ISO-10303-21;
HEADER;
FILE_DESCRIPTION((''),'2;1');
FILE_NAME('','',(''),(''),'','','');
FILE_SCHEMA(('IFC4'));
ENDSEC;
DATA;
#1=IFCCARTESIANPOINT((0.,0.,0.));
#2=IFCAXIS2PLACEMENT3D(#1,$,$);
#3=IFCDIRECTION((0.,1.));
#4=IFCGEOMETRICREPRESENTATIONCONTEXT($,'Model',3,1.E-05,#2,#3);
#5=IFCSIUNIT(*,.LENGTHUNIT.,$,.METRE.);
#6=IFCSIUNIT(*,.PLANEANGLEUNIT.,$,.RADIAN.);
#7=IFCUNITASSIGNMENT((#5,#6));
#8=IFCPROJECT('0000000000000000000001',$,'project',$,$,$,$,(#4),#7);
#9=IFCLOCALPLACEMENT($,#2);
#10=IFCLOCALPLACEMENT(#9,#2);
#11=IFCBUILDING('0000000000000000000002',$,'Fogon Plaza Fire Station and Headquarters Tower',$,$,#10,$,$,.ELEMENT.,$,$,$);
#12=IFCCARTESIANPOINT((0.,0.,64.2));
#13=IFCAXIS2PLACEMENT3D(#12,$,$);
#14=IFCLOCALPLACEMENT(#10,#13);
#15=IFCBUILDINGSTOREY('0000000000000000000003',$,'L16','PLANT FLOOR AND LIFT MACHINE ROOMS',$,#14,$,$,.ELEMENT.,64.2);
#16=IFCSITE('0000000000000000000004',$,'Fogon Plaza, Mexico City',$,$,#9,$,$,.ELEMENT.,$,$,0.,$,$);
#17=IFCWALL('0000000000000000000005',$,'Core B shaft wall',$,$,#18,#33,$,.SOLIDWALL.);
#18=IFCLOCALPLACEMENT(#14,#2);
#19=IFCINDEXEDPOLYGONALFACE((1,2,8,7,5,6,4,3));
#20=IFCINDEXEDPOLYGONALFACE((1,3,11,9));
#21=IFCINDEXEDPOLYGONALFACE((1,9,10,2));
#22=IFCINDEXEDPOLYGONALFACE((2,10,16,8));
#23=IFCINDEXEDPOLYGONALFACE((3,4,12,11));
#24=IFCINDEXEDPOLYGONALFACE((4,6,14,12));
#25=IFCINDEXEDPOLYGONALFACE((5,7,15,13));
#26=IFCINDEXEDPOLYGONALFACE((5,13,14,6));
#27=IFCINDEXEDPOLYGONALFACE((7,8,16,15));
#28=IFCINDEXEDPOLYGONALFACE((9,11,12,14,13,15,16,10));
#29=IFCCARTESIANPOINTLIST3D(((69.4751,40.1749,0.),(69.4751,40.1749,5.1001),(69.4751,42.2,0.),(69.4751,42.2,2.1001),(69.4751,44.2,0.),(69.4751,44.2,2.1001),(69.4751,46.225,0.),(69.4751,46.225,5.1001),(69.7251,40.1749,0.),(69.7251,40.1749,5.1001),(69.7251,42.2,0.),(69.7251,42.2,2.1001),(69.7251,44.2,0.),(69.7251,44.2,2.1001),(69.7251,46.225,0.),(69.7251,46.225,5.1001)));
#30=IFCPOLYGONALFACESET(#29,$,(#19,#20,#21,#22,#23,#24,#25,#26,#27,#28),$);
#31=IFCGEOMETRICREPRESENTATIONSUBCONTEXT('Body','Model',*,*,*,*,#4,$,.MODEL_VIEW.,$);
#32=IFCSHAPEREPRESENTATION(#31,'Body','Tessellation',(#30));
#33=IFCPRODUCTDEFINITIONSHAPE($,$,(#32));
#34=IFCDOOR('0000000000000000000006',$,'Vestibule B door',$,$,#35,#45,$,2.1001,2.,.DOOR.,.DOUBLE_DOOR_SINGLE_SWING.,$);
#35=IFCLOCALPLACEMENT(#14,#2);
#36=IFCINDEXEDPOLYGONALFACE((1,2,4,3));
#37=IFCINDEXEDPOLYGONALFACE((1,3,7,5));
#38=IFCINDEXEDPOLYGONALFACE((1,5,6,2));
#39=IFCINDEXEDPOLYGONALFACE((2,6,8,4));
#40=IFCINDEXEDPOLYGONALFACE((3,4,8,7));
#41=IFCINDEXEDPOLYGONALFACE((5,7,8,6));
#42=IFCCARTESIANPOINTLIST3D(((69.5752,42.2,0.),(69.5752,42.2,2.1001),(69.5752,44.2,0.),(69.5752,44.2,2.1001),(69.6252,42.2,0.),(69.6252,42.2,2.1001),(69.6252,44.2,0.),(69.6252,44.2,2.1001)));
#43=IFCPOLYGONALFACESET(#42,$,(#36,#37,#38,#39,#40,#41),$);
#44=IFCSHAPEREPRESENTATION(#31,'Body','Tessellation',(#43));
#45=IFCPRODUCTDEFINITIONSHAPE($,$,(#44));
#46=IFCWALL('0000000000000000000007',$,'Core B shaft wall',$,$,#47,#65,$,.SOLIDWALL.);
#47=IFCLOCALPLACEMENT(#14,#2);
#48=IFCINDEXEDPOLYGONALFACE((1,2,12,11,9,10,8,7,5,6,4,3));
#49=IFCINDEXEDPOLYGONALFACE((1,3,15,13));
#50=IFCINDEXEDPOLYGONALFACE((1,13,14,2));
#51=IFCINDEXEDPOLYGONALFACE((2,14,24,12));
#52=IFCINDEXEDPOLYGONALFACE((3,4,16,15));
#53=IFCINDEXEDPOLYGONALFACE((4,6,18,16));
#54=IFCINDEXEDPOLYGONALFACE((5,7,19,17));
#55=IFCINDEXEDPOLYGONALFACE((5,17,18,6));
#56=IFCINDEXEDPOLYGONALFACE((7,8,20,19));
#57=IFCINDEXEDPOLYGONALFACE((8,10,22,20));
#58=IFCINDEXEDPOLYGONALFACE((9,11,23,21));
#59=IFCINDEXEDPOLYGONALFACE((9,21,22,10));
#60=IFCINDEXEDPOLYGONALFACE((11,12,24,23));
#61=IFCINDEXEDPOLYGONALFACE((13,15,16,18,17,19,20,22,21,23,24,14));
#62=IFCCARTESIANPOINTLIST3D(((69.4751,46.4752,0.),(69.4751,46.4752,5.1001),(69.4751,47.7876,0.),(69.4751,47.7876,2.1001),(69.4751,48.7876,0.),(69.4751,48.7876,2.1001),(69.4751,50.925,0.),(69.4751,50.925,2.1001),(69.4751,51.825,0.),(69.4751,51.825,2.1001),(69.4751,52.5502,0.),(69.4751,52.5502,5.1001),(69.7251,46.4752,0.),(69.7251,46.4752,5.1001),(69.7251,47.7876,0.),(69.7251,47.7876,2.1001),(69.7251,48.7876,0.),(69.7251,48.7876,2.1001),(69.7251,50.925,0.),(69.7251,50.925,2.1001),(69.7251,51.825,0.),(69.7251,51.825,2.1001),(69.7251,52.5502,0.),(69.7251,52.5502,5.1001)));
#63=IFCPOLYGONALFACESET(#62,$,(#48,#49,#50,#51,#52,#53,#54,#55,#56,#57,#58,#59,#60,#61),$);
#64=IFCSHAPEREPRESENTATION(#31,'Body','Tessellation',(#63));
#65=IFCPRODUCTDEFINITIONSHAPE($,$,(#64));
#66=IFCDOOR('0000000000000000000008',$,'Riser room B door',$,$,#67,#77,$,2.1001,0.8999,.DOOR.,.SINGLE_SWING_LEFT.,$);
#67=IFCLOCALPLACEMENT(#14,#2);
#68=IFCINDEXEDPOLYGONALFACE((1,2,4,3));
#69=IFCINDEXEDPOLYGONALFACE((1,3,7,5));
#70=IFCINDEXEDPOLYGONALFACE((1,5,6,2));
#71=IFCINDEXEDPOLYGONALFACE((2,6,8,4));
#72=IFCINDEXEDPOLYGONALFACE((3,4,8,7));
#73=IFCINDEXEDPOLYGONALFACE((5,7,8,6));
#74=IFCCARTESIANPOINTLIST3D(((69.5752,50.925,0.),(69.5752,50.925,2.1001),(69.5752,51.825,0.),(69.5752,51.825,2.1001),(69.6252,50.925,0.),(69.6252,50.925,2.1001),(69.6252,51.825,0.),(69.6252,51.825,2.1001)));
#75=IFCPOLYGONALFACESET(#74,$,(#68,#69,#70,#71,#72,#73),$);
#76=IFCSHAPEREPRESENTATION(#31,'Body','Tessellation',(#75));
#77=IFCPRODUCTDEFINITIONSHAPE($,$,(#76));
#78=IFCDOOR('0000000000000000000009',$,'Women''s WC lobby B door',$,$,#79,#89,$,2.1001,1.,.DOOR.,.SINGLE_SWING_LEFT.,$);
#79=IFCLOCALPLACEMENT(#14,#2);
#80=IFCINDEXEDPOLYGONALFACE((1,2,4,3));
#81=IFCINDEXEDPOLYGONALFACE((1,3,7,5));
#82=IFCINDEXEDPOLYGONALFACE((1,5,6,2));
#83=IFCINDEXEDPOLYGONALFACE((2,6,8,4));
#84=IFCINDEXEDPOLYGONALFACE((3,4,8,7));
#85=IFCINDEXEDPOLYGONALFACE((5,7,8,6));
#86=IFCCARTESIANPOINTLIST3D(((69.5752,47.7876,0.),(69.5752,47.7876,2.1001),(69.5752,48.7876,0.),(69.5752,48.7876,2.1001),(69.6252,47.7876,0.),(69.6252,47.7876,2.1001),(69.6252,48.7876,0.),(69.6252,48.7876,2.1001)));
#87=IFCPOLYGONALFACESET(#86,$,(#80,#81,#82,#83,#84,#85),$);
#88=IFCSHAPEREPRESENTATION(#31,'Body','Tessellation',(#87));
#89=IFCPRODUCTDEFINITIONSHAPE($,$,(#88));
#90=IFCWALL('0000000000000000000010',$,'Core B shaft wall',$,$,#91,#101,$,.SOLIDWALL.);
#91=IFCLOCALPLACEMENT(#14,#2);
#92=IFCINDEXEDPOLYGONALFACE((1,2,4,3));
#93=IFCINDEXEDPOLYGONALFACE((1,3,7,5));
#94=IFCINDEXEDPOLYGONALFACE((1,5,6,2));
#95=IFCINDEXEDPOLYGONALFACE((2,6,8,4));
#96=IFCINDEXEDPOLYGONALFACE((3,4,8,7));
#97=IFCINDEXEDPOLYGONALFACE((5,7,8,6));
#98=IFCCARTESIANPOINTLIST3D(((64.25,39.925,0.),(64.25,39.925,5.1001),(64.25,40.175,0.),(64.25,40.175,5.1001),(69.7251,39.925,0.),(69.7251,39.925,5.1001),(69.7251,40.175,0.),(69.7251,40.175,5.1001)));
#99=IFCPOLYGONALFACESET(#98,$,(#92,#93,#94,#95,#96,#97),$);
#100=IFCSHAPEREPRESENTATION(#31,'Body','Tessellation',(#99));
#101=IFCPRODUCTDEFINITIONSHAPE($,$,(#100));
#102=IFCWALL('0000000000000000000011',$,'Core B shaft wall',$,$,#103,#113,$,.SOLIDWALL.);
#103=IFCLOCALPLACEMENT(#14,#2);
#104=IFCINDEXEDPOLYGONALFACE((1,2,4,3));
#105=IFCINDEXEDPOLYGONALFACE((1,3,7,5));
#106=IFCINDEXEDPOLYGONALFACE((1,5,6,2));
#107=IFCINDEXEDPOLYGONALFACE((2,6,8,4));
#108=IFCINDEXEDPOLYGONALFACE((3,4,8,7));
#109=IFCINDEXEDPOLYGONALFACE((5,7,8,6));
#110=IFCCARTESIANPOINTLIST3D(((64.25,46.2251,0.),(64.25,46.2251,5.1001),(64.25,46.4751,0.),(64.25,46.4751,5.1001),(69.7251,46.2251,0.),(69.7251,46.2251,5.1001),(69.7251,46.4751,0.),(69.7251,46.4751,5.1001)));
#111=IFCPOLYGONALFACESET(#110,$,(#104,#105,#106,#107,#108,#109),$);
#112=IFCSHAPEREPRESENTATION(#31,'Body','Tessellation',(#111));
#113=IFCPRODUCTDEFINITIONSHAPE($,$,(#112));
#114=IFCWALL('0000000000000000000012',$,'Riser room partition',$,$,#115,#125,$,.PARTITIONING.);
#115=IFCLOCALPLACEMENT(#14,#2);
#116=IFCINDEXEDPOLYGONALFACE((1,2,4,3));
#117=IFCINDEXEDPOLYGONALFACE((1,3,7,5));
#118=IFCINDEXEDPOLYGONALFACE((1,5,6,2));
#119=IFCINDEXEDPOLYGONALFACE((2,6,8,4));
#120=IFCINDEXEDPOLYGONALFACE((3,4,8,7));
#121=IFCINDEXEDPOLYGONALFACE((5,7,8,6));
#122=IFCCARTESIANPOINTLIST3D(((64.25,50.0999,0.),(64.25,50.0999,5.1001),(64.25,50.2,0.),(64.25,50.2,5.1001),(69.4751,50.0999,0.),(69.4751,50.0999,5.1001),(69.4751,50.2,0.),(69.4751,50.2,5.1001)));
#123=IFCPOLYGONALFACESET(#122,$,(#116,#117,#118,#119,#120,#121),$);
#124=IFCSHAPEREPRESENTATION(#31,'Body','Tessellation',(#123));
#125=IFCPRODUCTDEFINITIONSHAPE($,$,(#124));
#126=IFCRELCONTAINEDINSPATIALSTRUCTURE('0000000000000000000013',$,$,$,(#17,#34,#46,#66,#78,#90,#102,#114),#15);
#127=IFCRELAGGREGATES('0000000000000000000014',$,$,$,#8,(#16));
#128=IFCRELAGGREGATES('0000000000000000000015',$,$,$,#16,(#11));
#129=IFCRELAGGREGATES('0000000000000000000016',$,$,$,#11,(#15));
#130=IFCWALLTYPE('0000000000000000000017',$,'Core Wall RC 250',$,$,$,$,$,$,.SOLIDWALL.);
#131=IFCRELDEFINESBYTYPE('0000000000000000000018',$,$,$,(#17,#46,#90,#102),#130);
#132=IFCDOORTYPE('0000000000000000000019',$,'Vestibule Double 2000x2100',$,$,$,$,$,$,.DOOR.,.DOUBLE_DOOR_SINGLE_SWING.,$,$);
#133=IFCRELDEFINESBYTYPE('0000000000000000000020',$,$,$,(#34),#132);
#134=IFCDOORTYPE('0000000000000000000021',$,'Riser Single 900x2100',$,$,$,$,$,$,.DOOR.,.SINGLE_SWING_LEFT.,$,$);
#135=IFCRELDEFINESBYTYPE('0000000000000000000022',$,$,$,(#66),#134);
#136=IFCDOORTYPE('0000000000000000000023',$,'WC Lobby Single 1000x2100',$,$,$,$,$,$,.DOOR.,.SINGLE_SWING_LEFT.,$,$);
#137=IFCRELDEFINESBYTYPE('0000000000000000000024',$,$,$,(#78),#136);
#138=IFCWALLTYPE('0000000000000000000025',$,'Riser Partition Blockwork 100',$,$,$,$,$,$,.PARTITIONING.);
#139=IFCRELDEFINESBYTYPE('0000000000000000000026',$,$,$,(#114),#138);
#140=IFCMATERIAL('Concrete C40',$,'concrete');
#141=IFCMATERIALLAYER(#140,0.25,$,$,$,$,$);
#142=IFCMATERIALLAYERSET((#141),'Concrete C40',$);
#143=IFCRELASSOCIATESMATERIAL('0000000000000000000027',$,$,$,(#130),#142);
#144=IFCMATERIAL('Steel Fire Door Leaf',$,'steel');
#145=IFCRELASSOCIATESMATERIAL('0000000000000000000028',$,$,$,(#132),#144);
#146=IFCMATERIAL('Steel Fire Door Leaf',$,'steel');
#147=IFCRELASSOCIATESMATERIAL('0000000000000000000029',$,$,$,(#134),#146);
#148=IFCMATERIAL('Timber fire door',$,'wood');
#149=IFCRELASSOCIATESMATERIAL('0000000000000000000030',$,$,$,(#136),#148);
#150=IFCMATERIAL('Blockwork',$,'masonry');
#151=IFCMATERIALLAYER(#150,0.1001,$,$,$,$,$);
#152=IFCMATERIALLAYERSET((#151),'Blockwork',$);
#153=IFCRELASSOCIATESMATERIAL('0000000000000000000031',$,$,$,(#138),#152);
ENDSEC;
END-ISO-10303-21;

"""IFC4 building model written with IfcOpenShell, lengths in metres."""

from ifc_helpers import new_model, si_unit, direction, frame, frame_2d, origin, place, context, subcontext, project, spatial, rectangle, extrude, material, layer, layer_set, type_object, element, fill, save


model = new_model("IFC4")

# Units and contexts
model_context = context("Model", 3, precision=1e-05, world=origin(), true_north=direction((0.0, 1.0)))
body_context = subcontext(model_context, "Body", "Model", "MODEL_VIEW")
ifc_project = project(units=[si_unit("LENGTHUNIT", "METRE"), si_unit("PLANEANGLEUNIT", "RADIAN")], contexts=[model_context])

# Site, building, storey
site_placement = place(None, origin())
site = spatial("IfcSite", under=ifc_project, at=site_placement, Name="Fogon Plaza, Mexico City", CompositionType="ELEMENT", RefElevation=0.0)
building_placement = place(site_placement, origin())
building = spatial("IfcBuilding", under=site, at=building_placement, Name="Fogon Plaza Fire Station and Headquarters Tower", CompositionType="ELEMENT")
storey_placement = place(building_placement, frame((0.0, 0.0, 64.2)))
storey = spatial("IfcBuildingStorey", under=building, at=storey_placement, Name="L16", Description="PLANT FLOOR AND LIFT MACHINE ROOMS", CompositionType="ELEMENT", Elevation=64.2)

# Shared definitions
ifc_material_1 = material(Name="Concrete C40", Category="concrete")
ifc_layer_1 = layer(ifc_material_1, 0.25)
ifc_layer_set_1 = layer_set([ifc_layer_1], Name="Concrete C40")
wall_type_1 = type_object("IfcWallType", Name="Core Wall RC 250", PredefinedType="SOLIDWALL", material=ifc_layer_set_1)

# Wall, opening, door
wall_1_placement = place(storey_placement, frame((69.6001, 40.175, 0.0), z_axis=(0.0, 0.0, 1.0), x_axis=(0.0, 1.0, 0.0)))
wall_1 = element("IfcWall", 1, at=wall_1_placement, inside=storey, type_object=wall_type_1, Name="Core B shaft wall", PredefinedType="SOLIDWALL", context=body_context, shape_type="SweptSolid", body=[
    extrude(rectangle(XDim=6.05, YDim=0.25, at=frame_2d((3.0249, 0.0))), origin(), (0.0, 0.0, 1.0), 5.1001),
])
opening_1_placement = place(wall_1_placement, frame((2.0249, 0.0, 0.0)))
opening_1 = element("IfcOpeningElement", 2, at=opening_1_placement, cuts=wall_1, PredefinedType="OPENING", context=body_context, shape_type="SweptSolid", body=[
    extrude(rectangle(XDim=2.0, YDim=2.1001, at=frame_2d((1.0, 1.05))), frame((0.0, 0.135, 0.0), z_axis=(0.0, -1.0, 0.0), x_axis=(1.0, 0.0, 0.0)), (0.0, 0.0, 1.0), 0.27),
])
ifc_material_2 = material(Name="Steel Fire Door Leaf", Category="steel")
door_type_1 = type_object("IfcDoorType", Name="Vestibule Double 2000x2100", OperationType="DOUBLE_DOOR_SINGLE_SWING", PredefinedType="DOOR", material=ifc_material_2)
door_1_placement = place(opening_1_placement, origin())
door_1 = element("IfcDoor", 3, at=door_1_placement, inside=storey, type_object=door_type_1, Name="Vestibule B door", OperationType="DOUBLE_DOOR_SINGLE_SWING", OverallHeight=2.1001, OverallWidth=2.0, PredefinedType="DOOR", context=body_context, shape_type="SweptSolid", body=[
    extrude(rectangle(XDim=2.0, YDim=2.1001, at=frame_2d((1.0, 1.05))), frame((0.0, 0.0249, 0.0), z_axis=(0.0, -1.0, 0.0), x_axis=(1.0, 0.0, 0.0)), (0.0, 0.0, 1.0), 0.05),
])
fill(opening_1, door_1)

# Wall, openings, doors
wall_2_placement = place(storey_placement, frame((69.6001, 46.4751, 0.0), z_axis=(0.0, 0.0, 1.0), x_axis=(0.0, 1.0, 0.0)))
wall_2 = element("IfcWall", 4, at=wall_2_placement, inside=storey, type_object=wall_type_1, Name="Core B shaft wall", PredefinedType="SOLIDWALL", context=body_context, shape_type="SweptSolid", body=[
    extrude(rectangle(XDim=6.075, YDim=0.25, at=frame_2d((3.0376, 0.0))), origin(), (0.0, 0.0, 1.0), 5.1001),
])
opening_2_placement = place(wall_2_placement, frame((1.3125, 0.0, 0.0)))
opening_2 = element("IfcOpeningElement", 5, at=opening_2_placement, cuts=wall_2, PredefinedType="OPENING", context=body_context, shape_type="SweptSolid", body=[
    extrude(rectangle(XDim=1.0, YDim=2.1001, at=frame_2d((0.5, 1.05))), frame((0.0, 0.135, 0.0), z_axis=(0.0, -1.0, 0.0), x_axis=(1.0, 0.0, 0.0)), (0.0, 0.0, 1.0), 0.27),
])
opening_3_placement = place(wall_2_placement, frame((4.45, 0.0, 0.0)))
opening_3 = element("IfcOpeningElement", 6, at=opening_3_placement, cuts=wall_2, PredefinedType="OPENING", context=body_context, shape_type="SweptSolid", body=[
    extrude(rectangle(XDim=0.8999, YDim=2.1001, at=frame_2d((0.45, 1.05))), frame((0.0, 0.135, 0.0), z_axis=(0.0, -1.0, 0.0), x_axis=(1.0, 0.0, 0.0)), (0.0, 0.0, 1.0), 0.27),
])
ifc_material_3 = material(Name="Steel Fire Door Leaf", Category="steel")
door_type_2 = type_object("IfcDoorType", Name="Riser Single 900x2100", OperationType="SINGLE_SWING_LEFT", PredefinedType="DOOR", material=ifc_material_3)
door_2_placement = place(opening_3_placement, origin())
door_2 = element("IfcDoor", 7, at=door_2_placement, inside=storey, type_object=door_type_2, Name="Riser room B door", OperationType="SINGLE_SWING_LEFT", OverallHeight=2.1001, OverallWidth=0.8999, PredefinedType="DOOR", context=body_context, shape_type="SweptSolid", body=[
    extrude(rectangle(XDim=0.8999, YDim=2.1001, at=frame_2d((0.45, 1.05))), frame((0.0, 0.0249, 0.0), z_axis=(0.0, -1.0, 0.0), x_axis=(1.0, 0.0, 0.0)), (0.0, 0.0, 1.0), 0.05),
])
fill(opening_3, door_2)
ifc_material_4 = material(Name="Timber fire door", Category="wood")
door_type_3 = type_object("IfcDoorType", Name="WC Lobby Single 1000x2100", OperationType="SINGLE_SWING_LEFT", PredefinedType="DOOR", material=ifc_material_4)
door_3_placement = place(opening_2_placement, origin())
door_3 = element("IfcDoor", 8, at=door_3_placement, inside=storey, type_object=door_type_3, Name="Women's WC lobby B door", OperationType="SINGLE_SWING_LEFT", OverallHeight=2.1001, OverallWidth=1.0, PredefinedType="DOOR", context=body_context, shape_type="SweptSolid", body=[
    extrude(rectangle(XDim=1.0, YDim=2.1001, at=frame_2d((0.5, 1.05))), frame((0.0, 0.0249, 0.0), z_axis=(0.0, -1.0, 0.0), x_axis=(1.0, 0.0, 0.0)), (0.0, 0.0, 1.0), 0.05),
])
fill(opening_2, door_3)

# Walls
for number, where, z_axis, x_axis, name in (
    (9, (69.7251, 40.05, 0.0), (0.0, 0.0, 1.0), (-1.0, 0.0, 0.0), "Core B shaft wall"),
    (10, (69.7251, 46.3501, 0.0), (0.0, 0.0, 1.0), (-1.0, 0.0, 0.0), "Core B shaft wall"),
):
    element("IfcWall", number, at=place(storey_placement, frame(where, z_axis=z_axis, x_axis=x_axis)), inside=storey, type_object=wall_type_1, Name=name, PredefinedType="SOLIDWALL", context=body_context, shape_type="SweptSolid", body=[
        extrude(rectangle(XDim=5.4751, YDim=0.25, at=frame_2d((2.7375, 0.0))), origin(), (0.0, 0.0, 1.0), 5.1001),
    ])
ifc_material_5 = material(Name="Blockwork", Category="masonry")
ifc_layer_2 = layer(ifc_material_5, 0.1001)
ifc_layer_set_2 = layer_set([ifc_layer_2], Name="Blockwork")
wall_type_2 = type_object("IfcWallType", Name="Riser Partition Blockwork 100", PredefinedType="PARTITIONING", material=ifc_layer_set_2)
wall_3_placement = place(storey_placement, frame((69.4751, 50.1499, 0.0), z_axis=(0.0, 0.0, 1.0), x_axis=(-1.0, 0.0, 0.0)))
element("IfcWall", 11, at=wall_3_placement, inside=storey, type_object=wall_type_2, Name="Riser room partition", PredefinedType="PARTITIONING", context=body_context, shape_type="SweptSolid", body=[
    extrude(rectangle(XDim=5.2251, YDim=0.1001, at=frame_2d((2.6125, 0.0))), origin(), (0.0, 0.0, 1.0), 5.1001),
])

save(model, "model.ifc")
